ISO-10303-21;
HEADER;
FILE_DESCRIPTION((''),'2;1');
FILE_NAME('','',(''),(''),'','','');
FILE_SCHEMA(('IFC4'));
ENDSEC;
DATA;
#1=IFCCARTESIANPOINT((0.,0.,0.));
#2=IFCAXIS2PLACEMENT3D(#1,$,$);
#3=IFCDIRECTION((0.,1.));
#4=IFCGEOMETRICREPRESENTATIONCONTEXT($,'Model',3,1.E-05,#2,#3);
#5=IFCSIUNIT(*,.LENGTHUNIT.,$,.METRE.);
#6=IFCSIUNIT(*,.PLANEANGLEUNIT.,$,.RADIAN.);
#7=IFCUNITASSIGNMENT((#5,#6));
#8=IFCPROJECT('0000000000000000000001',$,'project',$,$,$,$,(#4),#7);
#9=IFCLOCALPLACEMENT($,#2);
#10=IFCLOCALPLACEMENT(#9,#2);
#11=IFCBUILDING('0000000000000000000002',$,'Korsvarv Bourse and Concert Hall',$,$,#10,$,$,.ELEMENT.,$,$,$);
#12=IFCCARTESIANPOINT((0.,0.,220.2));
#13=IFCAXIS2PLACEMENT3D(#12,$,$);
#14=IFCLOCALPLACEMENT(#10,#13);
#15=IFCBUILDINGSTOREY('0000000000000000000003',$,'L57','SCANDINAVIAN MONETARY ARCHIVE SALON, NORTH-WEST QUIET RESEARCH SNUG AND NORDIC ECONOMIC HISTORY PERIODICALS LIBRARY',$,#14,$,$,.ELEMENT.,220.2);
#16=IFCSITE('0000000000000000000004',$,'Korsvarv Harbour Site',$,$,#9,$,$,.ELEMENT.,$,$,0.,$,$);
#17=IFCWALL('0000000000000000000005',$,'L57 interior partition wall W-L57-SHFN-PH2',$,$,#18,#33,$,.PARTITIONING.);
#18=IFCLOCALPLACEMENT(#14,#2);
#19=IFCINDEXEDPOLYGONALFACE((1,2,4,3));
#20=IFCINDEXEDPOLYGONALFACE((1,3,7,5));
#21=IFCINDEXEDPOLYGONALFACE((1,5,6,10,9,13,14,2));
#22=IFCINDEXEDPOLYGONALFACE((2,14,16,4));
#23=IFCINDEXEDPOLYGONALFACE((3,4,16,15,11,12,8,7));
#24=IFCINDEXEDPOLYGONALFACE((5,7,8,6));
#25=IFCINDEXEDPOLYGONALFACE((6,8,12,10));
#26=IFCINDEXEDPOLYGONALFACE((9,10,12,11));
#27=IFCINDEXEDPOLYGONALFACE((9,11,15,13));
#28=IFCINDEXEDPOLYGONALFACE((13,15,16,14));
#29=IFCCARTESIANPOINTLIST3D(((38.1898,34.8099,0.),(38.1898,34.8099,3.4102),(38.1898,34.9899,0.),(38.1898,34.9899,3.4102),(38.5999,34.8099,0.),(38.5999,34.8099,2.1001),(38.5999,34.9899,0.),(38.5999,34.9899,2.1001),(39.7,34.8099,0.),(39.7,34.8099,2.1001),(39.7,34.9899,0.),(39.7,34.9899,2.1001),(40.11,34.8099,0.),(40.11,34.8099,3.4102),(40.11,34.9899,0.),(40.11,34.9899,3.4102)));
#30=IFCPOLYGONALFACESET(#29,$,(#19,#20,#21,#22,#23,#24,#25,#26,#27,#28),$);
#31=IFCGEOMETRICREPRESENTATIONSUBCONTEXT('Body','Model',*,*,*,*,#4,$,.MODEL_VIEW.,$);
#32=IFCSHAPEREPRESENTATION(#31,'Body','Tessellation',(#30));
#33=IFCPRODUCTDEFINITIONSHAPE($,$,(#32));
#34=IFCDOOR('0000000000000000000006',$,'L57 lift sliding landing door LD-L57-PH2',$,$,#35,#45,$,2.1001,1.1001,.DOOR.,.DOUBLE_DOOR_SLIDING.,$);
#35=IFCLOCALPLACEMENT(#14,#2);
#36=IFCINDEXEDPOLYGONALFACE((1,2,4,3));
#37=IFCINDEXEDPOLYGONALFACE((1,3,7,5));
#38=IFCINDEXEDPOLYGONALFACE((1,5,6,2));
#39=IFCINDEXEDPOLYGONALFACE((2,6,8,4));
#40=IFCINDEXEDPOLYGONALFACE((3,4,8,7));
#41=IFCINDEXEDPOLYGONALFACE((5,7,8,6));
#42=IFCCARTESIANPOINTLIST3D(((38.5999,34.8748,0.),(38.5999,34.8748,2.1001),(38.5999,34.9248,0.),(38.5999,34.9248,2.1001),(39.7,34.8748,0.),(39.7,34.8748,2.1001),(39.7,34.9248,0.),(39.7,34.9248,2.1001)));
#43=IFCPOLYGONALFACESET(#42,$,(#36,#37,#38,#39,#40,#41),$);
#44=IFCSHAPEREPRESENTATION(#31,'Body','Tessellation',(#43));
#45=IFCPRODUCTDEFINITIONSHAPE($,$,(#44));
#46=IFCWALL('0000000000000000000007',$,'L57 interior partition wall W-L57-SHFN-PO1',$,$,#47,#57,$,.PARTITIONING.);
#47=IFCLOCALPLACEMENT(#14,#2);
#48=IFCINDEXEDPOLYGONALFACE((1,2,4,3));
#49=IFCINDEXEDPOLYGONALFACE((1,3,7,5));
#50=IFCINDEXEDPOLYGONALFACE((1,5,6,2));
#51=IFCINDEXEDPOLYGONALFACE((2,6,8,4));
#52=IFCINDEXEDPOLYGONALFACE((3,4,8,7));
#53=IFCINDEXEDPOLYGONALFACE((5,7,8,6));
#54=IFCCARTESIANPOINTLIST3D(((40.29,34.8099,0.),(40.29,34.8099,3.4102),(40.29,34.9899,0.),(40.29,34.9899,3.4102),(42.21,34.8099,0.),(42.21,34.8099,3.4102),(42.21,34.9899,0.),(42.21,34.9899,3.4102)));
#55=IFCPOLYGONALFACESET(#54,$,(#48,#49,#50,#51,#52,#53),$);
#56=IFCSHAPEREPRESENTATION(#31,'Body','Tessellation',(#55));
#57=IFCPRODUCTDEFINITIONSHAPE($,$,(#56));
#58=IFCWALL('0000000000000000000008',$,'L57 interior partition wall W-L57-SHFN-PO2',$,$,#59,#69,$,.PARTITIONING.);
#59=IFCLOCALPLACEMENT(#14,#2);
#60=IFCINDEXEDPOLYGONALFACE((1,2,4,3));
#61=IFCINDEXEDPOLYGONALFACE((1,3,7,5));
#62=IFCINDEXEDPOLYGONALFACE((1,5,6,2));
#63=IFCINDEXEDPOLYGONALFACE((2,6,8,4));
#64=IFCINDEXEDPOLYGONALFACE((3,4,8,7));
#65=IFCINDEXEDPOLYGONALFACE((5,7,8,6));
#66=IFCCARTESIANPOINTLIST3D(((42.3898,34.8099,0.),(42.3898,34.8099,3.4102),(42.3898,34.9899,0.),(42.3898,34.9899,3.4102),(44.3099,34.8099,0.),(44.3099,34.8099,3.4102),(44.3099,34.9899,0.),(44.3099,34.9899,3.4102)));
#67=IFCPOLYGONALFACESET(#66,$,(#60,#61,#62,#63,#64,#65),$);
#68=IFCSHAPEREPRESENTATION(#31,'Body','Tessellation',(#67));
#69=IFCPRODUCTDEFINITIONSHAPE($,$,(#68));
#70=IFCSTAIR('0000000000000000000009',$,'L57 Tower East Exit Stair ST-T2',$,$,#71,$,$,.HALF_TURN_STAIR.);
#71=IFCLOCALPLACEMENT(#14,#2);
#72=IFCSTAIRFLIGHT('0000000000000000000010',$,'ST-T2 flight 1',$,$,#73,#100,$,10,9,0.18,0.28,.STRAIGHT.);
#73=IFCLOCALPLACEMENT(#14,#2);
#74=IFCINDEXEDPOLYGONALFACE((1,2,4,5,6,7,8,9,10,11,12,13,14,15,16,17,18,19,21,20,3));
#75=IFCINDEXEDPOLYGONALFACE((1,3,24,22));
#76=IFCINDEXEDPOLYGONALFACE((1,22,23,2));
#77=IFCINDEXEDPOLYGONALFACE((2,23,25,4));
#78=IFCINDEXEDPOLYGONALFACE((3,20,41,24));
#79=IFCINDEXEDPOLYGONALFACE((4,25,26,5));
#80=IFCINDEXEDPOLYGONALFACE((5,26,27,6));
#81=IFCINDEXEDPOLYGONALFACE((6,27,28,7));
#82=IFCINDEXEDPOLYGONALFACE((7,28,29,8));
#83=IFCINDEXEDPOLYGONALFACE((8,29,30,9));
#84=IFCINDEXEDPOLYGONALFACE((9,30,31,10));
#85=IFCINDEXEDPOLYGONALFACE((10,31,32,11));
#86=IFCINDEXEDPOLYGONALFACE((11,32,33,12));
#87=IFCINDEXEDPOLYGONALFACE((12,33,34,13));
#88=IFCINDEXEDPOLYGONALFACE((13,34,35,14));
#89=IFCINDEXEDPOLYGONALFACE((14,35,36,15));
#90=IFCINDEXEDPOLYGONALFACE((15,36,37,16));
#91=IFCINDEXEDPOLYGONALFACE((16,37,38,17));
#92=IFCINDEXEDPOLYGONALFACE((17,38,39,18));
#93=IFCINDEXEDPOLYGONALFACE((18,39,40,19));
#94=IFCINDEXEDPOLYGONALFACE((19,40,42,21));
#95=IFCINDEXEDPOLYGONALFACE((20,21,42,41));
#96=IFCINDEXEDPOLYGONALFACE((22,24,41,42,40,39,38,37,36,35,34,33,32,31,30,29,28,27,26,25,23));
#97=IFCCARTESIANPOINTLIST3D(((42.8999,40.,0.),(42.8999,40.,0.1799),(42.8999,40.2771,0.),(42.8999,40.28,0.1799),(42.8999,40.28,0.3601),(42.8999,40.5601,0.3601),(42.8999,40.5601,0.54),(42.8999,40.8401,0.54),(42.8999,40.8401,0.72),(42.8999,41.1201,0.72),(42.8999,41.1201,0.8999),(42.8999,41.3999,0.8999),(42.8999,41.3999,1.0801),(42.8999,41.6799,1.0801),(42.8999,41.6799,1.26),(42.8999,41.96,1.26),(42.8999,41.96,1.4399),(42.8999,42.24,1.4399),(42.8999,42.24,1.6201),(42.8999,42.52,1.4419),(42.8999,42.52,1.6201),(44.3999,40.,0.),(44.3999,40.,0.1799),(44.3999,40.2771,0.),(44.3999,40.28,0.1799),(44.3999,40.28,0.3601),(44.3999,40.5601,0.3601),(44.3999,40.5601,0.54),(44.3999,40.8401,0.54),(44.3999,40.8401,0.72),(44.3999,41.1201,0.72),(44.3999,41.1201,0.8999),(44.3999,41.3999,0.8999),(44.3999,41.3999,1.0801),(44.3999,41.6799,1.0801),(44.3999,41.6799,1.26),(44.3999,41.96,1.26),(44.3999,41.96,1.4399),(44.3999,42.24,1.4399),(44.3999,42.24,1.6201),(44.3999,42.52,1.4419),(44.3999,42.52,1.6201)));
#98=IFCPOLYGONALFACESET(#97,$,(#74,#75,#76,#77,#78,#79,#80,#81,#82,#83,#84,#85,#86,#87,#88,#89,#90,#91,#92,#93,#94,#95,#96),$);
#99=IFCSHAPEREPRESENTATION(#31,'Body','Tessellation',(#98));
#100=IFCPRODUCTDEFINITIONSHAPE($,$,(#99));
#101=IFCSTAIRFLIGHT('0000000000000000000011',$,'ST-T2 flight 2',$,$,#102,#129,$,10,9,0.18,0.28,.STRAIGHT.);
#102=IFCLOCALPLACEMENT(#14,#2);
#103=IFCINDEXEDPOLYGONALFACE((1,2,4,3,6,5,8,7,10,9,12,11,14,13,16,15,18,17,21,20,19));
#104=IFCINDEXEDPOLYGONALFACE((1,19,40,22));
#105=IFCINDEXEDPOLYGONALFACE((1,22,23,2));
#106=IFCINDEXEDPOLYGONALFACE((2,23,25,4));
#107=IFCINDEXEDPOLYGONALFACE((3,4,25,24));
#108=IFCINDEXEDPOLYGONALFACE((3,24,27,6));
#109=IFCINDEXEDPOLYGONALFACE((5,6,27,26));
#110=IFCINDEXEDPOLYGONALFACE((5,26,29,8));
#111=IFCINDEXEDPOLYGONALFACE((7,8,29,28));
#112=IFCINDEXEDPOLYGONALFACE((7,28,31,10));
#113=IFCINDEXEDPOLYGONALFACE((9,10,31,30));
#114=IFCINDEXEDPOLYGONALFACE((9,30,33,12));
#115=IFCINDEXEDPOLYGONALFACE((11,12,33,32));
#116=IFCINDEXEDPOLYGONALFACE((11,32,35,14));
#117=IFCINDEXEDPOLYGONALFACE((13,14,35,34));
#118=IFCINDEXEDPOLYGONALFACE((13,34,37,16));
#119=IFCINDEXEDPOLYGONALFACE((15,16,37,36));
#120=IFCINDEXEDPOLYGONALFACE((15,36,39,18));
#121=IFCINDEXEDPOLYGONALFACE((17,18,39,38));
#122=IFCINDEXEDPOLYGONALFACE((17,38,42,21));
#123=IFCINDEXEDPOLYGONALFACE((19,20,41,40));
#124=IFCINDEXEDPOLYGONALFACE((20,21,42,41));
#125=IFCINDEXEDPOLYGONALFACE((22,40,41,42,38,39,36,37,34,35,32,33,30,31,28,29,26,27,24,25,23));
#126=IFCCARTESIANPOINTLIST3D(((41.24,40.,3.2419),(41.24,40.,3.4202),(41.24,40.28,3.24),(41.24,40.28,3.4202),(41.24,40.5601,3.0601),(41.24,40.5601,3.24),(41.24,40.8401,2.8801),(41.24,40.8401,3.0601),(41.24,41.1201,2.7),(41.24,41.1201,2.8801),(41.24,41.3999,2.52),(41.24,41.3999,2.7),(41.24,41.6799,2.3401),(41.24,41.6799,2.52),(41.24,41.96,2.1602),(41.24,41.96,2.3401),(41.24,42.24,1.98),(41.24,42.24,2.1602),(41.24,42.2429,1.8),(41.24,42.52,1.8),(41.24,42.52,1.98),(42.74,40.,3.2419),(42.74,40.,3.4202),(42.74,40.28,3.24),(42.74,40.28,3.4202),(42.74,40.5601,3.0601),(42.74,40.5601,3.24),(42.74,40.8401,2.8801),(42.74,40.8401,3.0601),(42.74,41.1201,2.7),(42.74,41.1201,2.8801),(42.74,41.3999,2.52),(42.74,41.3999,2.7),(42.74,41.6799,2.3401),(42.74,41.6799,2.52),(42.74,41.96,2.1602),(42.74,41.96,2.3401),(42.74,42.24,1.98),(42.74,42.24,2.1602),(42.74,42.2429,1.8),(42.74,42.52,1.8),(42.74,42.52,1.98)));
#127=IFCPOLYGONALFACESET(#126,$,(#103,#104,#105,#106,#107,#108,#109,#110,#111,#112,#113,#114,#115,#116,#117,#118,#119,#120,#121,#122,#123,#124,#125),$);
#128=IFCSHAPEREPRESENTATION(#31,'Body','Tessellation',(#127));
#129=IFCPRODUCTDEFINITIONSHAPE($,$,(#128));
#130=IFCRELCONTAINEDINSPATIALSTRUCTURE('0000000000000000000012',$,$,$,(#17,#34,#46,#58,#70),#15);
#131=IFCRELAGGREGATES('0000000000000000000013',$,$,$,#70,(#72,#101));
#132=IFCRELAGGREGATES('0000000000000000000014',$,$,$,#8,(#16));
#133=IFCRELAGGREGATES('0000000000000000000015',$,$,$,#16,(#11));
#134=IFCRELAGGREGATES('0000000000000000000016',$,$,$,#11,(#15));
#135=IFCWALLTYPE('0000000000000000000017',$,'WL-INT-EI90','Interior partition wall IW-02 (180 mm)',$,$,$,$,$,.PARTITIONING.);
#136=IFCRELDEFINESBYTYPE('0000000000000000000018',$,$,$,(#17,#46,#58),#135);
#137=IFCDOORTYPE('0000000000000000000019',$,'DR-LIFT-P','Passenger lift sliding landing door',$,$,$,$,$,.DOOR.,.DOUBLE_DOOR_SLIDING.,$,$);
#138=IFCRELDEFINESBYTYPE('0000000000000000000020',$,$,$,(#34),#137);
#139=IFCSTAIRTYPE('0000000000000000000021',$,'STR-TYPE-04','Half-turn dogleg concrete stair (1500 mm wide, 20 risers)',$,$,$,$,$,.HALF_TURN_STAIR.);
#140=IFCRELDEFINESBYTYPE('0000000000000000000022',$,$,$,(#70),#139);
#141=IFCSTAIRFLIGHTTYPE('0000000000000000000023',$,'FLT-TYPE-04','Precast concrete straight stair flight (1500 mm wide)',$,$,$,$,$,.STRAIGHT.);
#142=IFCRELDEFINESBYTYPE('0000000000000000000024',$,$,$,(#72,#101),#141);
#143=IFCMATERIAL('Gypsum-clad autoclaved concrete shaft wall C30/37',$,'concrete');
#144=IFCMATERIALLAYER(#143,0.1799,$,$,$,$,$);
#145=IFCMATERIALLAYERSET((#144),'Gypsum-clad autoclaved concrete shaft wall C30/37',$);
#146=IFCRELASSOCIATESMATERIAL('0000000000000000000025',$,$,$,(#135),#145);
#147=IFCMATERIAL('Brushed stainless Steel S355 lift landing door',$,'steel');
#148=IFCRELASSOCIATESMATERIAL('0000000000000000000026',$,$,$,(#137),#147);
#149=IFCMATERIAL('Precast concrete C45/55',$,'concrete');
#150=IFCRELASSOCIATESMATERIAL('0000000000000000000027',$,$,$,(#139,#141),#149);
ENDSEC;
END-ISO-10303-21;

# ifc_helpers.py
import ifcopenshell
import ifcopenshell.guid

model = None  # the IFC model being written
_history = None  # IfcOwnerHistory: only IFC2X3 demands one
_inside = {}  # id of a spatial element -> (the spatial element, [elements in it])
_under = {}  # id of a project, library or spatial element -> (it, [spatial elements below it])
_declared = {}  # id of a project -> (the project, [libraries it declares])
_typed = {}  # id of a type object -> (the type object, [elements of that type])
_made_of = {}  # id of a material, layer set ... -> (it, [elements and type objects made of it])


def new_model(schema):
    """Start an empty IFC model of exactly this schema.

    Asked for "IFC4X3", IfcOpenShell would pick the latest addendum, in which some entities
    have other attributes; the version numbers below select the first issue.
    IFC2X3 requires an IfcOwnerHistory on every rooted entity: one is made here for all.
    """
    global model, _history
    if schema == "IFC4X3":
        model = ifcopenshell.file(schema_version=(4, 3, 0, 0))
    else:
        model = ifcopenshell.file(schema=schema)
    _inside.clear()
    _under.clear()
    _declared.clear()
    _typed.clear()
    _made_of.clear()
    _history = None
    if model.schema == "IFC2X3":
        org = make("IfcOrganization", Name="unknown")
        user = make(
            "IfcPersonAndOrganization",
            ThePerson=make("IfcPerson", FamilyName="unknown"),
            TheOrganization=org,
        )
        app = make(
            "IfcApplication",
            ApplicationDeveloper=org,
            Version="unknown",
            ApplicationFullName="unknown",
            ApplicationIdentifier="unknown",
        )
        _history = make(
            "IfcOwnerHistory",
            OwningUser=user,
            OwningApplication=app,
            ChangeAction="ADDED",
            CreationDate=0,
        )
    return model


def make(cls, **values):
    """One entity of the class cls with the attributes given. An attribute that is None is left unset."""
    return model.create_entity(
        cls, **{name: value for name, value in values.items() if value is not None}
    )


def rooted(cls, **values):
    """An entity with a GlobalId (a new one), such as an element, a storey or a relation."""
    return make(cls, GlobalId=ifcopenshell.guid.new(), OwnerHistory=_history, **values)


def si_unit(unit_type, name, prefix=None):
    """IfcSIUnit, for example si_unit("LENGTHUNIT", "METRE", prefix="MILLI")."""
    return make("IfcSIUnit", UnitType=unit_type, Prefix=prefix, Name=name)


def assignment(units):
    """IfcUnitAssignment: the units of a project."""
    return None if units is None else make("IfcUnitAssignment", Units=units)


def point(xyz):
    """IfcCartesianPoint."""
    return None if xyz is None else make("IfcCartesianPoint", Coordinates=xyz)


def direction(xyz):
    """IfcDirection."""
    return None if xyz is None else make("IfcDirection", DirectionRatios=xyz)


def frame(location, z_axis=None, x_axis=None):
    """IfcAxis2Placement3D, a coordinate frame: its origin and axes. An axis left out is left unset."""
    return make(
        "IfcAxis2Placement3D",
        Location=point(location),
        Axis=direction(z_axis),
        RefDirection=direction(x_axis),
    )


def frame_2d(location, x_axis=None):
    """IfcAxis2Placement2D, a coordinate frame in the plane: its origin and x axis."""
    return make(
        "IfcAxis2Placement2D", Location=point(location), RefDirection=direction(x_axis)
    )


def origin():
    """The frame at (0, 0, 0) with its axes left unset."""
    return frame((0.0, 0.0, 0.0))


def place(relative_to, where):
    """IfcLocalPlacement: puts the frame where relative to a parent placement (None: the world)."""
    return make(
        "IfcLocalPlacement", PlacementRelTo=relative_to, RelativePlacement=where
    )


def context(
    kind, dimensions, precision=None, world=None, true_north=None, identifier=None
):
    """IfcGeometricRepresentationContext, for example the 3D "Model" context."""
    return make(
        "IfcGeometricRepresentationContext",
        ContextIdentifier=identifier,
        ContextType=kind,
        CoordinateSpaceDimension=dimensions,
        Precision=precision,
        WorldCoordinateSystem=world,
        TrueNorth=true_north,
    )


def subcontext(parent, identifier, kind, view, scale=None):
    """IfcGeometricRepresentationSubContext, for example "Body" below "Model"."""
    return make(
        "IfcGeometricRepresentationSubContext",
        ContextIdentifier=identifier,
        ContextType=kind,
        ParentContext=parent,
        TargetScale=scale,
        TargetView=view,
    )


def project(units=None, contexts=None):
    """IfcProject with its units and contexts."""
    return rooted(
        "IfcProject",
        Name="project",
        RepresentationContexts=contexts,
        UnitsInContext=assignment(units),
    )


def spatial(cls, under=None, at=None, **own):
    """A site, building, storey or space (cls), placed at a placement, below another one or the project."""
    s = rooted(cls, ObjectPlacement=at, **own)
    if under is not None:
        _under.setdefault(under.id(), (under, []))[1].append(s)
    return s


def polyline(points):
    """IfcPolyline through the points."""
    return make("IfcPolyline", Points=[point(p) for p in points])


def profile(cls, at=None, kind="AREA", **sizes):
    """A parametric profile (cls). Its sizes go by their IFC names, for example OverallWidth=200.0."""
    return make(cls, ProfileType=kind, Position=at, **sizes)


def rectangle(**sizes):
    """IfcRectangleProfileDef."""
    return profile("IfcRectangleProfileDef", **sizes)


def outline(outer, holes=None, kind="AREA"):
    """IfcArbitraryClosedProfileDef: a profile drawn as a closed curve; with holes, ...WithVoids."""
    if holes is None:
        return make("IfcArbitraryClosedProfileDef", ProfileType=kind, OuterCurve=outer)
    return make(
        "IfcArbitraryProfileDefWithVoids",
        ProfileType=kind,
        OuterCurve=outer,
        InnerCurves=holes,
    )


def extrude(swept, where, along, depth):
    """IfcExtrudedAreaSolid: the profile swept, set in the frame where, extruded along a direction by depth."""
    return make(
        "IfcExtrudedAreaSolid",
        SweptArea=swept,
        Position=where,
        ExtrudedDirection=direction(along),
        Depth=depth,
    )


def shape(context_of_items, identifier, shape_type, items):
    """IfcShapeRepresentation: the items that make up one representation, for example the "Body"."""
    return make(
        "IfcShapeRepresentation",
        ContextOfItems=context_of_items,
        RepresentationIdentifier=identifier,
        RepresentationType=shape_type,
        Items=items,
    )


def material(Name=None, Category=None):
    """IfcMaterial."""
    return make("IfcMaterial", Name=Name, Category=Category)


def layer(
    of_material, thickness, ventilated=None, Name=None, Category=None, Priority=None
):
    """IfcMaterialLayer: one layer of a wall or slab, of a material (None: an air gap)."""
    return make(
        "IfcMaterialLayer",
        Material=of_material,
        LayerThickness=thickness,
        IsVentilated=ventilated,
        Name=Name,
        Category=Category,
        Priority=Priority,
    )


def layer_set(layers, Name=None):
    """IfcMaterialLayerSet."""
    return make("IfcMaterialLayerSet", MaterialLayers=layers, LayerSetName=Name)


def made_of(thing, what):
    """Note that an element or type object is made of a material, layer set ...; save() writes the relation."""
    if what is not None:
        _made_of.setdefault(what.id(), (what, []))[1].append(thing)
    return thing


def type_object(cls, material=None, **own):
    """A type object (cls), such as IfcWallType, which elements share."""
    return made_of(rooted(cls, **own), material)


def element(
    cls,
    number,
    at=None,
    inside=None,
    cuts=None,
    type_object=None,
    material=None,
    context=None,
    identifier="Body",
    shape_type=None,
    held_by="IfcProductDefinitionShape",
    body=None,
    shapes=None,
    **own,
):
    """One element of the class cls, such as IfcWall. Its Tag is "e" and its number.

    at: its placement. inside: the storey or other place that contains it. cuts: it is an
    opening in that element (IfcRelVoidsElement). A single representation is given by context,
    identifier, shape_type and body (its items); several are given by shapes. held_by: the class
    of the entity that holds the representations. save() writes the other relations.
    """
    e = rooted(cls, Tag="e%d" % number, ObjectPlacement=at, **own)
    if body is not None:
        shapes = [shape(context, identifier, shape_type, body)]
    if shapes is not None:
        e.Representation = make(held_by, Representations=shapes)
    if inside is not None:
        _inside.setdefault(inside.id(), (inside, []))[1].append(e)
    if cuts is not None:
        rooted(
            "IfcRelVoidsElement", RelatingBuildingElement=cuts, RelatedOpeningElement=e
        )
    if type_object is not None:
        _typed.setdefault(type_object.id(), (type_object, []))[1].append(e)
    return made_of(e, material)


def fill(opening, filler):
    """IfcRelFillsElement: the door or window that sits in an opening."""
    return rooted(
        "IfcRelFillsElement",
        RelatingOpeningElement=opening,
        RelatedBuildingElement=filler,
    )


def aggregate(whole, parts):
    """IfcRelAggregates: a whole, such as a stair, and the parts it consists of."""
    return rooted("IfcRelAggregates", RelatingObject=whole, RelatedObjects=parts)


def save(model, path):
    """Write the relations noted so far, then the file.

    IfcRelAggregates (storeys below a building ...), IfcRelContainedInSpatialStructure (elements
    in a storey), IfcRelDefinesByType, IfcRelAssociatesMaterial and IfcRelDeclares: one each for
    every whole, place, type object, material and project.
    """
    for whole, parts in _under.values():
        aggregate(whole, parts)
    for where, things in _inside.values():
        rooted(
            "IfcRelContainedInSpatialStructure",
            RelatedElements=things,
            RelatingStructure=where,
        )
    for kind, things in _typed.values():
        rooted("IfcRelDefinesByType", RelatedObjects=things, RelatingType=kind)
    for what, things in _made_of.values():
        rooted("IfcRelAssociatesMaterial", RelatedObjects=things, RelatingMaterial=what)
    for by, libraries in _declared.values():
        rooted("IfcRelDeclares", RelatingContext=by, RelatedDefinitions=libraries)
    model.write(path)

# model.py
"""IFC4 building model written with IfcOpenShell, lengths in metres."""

from ifc_helpers import new_model, si_unit, direction, frame, frame_2d, origin, place, context, subcontext, project, spatial, polyline, rectangle, outline, extrude, material, layer, layer_set, type_object, element, fill, aggregate, save


model = new_model("IFC4")

# Units and contexts
model_context = context("Model", 3, precision=1e-05, world=origin(), true_north=direction((0.0, 1.0)))
body_context = subcontext(model_context, "Body", "Model", "MODEL_VIEW")
ifc_project = project(units=[si_unit("LENGTHUNIT", "METRE"), si_unit("PLANEANGLEUNIT", "RADIAN")], contexts=[model_context])

# Site, building, storey
site_placement = place(None, origin())
site = spatial("IfcSite", under=ifc_project, at=site_placement, Name="Korsvarv Harbour Site", CompositionType="ELEMENT", RefElevation=0.0)
building_placement = place(site_placement, origin())
building = spatial("IfcBuilding", under=site, at=building_placement, Name="Korsvarv Bourse and Concert Hall", CompositionType="ELEMENT")
storey_placement = place(building_placement, frame((0.0, 0.0, 220.2)))
storey = spatial("IfcBuildingStorey", under=building, at=storey_placement, Name="L57", Description="SCANDINAVIAN MONETARY ARCHIVE SALON, NORTH-WEST QUIET RESEARCH SNUG AND NORDIC ECONOMIC HISTORY PERIODICALS LIBRARY", CompositionType="ELEMENT", Elevation=220.2)

# Wall, opening, door
ifc_material_1 = material(Name="Gypsum-clad autoclaved concrete shaft wall C30/37", Category="concrete")
ifc_layer_1 = layer(ifc_material_1, 0.1799)
ifc_layer_set_1 = layer_set([ifc_layer_1], Name="Gypsum-clad autoclaved concrete shaft wall C30/37")
wall_type_1 = type_object("IfcWallType", Name="WL-INT-EI90", Description="Interior partition wall IW-02 (180 mm)", PredefinedType="PARTITIONING", material=ifc_layer_set_1)
wall_1_placement = place(storey_placement, frame((38.1899, 34.8999, 0.0), z_axis=(0.0, 0.0, 1.0), x_axis=(1.0, 0.0, 0.0)))
wall_1 = element("IfcWall", 1, at=wall_1_placement, inside=storey, type_object=wall_type_1, Name="L57 interior partition wall W-L57-SHFN-PH2", PredefinedType="PARTITIONING", context=body_context, shape_type="SweptSolid", body=[
    extrude(rectangle(XDim=1.9202, YDim=0.1799, at=frame_2d((0.96, 0.0))), origin(), (0.0, 0.0, 1.0), 3.4102),
])
opening_1_placement = place(wall_1_placement, frame((0.4099, 0.0, 0.0)))
opening_1 = element("IfcOpeningElement", 2, at=opening_1_placement, cuts=wall_1, PredefinedType="OPENING", context=body_context, shape_type="SweptSolid", body=[
    extrude(rectangle(XDim=1.1001, YDim=2.1001, at=frame_2d((0.55, 1.05))), frame((0.0, 0.1001, 0.0), z_axis=(0.0, -1.0, 0.0), x_axis=(1.0, 0.0, 0.0)), (0.0, 0.0, 1.0), 0.2),
])
ifc_material_2 = material(Name="Brushed stainless Steel S355 lift landing door", Category="steel")
door_type_1 = type_object("IfcDoorType", Name="DR-LIFT-P", Description="Passenger lift sliding landing door", OperationType="DOUBLE_DOOR_SLIDING", PredefinedType="DOOR", material=ifc_material_2)
door_1_placement = place(opening_1_placement, origin())
door_1 = element("IfcDoor", 3, at=door_1_placement, inside=storey, type_object=door_type_1, Name="L57 lift sliding landing door LD-L57-PH2", OperationType="DOUBLE_DOOR_SLIDING", OverallHeight=2.1001, OverallWidth=1.1001, PredefinedType="DOOR", context=body_context, shape_type="SweptSolid", body=[
    extrude(rectangle(XDim=1.1001, YDim=2.1001, at=frame_2d((0.55, 1.05))), frame((0.0, 0.0249, 0.0), z_axis=(0.0, -1.0, 0.0), x_axis=(1.0, 0.0, 0.0)), (0.0, 0.0, 1.0), 0.05),
])
fill(opening_1, door_1)

# Walls
wall_2_placement = place(storey_placement, frame((40.29, 34.8999, 0.0), z_axis=(0.0, 0.0, 1.0), x_axis=(1.0, 0.0, 0.0)))
element("IfcWall", 4, at=wall_2_placement, inside=storey, type_object=wall_type_1, Name="L57 interior partition wall W-L57-SHFN-PO1", PredefinedType="PARTITIONING", context=body_context, shape_type="SweptSolid", body=[
    extrude(rectangle(XDim=1.9199, YDim=0.1799, at=frame_2d((0.96, 0.0))), origin(), (0.0, 0.0, 1.0), 3.4102),
])
wall_3_placement = place(storey_placement, frame((42.3899, 34.8999, 0.0), z_axis=(0.0, 0.0, 1.0), x_axis=(1.0, 0.0, 0.0)))
element("IfcWall", 5, at=wall_3_placement, inside=storey, type_object=wall_type_1, Name="L57 interior partition wall W-L57-SHFN-PO2", PredefinedType="PARTITIONING", context=body_context, shape_type="SweptSolid", body=[
    extrude(rectangle(XDim=1.9202, YDim=0.1799, at=frame_2d((0.96, 0.0))), origin(), (0.0, 0.0, 1.0), 3.4102),
])

# Stair, stair flights
ifc_material_3 = material(Name="Precast concrete C45/55", Category="concrete")
stair_type = type_object("IfcStairType", Name="STR-TYPE-04", Description="Half-turn dogleg concrete stair (1500 mm wide, 20 risers)", PredefinedType="HALF_TURN_STAIR", material=ifc_material_3)
stair_placement = place(storey_placement, origin())
stair = element("IfcStair", 6, at=stair_placement, inside=storey, type_object=stair_type, Name="L57 Tower East Exit Stair ST-T2", PredefinedType="HALF_TURN_STAIR")
stair_flight_type = type_object("IfcStairFlightType", Name="FLT-TYPE-04", Description="Precast concrete straight stair flight (1500 mm wide)", PredefinedType="STRAIGHT", material=ifc_material_3)
stair_flight_1_placement = place(storey_placement, frame((43.6499, 40.0, 0.0), z_axis=(0.0, 0.0, 1.0), x_axis=(0.0, 1.0, 0.0)))
stair_flight_1 = element("IfcStairFlight", 7, at=stair_flight_1_placement, type_object=stair_flight_type, Name="ST-T2 flight 1", NumberOfRisers=10, NumberOfTreads=9, PredefinedType="STRAIGHT", RiserHeight=0.18, TreadLength=0.28, context=body_context, shape_type="SweptSolid", body=[
    extrude(outline(polyline([(0.0, 0.0), (0.0, 0.1799), (0.28, 0.1799), (0.28, 0.3601), (0.5601, 0.3601), (0.5601, 0.54), (0.8401, 0.54), (0.8401, 0.72), (1.1201, 0.72), (1.1201, 0.8999), (1.3999, 0.8999), (1.3999, 1.0801), (1.6799, 1.0801), (1.6799, 1.26), (1.96, 1.26), (1.96, 1.4399), (2.24, 1.4399), (2.24, 1.6201), (2.52, 1.6201), (2.52, 1.8), (2.52, 1.4419), (0.2771, 0.0), (0.0, 0.0)])), frame((0.0, 0.75, 0.0), z_axis=(0.0, -1.0, 0.0), x_axis=(1.0, 0.0, 0.0)), (0.0, 0.0, 1.0), 1.5),
])
stair_flight_2_placement = place(storey_placement, frame((41.99, 42.52, 1.8), z_axis=(0.0, 0.0, 1.0), x_axis=(0.0, -1.0, 0.0)))
stair_flight_2 = element("IfcStairFlight", 8, at=stair_flight_2_placement, type_object=stair_flight_type, Name="ST-T2 flight 2", NumberOfRisers=10, NumberOfTreads=9, PredefinedType="STRAIGHT", RiserHeight=0.18, TreadLength=0.28, context=body_context, shape_type="SweptSolid", body=[
    extrude(outline(polyline([(0.0, 0.0), (0.0, 0.1799), (0.28, 0.1799), (0.28, 0.3601), (0.5601, 0.3601), (0.5601, 0.54), (0.8401, 0.54), (0.8401, 0.72), (1.1201, 0.72), (1.1201, 0.8999), (1.3999, 0.8999), (1.3999, 1.0801), (1.6799, 1.0801), (1.6799, 1.26), (1.96, 1.26), (1.96, 1.4399), (2.24, 1.4399), (2.24, 1.6201), (2.52, 1.6201), (2.52, 1.8), (2.52, 1.4419), (0.2771, 0.0), (0.0, 0.0)])), frame((0.0, 0.75, 0.0), z_axis=(0.0, -1.0, 0.0), x_axis=(1.0, 0.0, 0.0)), (0.0, 0.0, 1.0), 1.5),
])
aggregate(stair, [stair_flight_1, stair_flight_2])

save(model, "model.ifc")
